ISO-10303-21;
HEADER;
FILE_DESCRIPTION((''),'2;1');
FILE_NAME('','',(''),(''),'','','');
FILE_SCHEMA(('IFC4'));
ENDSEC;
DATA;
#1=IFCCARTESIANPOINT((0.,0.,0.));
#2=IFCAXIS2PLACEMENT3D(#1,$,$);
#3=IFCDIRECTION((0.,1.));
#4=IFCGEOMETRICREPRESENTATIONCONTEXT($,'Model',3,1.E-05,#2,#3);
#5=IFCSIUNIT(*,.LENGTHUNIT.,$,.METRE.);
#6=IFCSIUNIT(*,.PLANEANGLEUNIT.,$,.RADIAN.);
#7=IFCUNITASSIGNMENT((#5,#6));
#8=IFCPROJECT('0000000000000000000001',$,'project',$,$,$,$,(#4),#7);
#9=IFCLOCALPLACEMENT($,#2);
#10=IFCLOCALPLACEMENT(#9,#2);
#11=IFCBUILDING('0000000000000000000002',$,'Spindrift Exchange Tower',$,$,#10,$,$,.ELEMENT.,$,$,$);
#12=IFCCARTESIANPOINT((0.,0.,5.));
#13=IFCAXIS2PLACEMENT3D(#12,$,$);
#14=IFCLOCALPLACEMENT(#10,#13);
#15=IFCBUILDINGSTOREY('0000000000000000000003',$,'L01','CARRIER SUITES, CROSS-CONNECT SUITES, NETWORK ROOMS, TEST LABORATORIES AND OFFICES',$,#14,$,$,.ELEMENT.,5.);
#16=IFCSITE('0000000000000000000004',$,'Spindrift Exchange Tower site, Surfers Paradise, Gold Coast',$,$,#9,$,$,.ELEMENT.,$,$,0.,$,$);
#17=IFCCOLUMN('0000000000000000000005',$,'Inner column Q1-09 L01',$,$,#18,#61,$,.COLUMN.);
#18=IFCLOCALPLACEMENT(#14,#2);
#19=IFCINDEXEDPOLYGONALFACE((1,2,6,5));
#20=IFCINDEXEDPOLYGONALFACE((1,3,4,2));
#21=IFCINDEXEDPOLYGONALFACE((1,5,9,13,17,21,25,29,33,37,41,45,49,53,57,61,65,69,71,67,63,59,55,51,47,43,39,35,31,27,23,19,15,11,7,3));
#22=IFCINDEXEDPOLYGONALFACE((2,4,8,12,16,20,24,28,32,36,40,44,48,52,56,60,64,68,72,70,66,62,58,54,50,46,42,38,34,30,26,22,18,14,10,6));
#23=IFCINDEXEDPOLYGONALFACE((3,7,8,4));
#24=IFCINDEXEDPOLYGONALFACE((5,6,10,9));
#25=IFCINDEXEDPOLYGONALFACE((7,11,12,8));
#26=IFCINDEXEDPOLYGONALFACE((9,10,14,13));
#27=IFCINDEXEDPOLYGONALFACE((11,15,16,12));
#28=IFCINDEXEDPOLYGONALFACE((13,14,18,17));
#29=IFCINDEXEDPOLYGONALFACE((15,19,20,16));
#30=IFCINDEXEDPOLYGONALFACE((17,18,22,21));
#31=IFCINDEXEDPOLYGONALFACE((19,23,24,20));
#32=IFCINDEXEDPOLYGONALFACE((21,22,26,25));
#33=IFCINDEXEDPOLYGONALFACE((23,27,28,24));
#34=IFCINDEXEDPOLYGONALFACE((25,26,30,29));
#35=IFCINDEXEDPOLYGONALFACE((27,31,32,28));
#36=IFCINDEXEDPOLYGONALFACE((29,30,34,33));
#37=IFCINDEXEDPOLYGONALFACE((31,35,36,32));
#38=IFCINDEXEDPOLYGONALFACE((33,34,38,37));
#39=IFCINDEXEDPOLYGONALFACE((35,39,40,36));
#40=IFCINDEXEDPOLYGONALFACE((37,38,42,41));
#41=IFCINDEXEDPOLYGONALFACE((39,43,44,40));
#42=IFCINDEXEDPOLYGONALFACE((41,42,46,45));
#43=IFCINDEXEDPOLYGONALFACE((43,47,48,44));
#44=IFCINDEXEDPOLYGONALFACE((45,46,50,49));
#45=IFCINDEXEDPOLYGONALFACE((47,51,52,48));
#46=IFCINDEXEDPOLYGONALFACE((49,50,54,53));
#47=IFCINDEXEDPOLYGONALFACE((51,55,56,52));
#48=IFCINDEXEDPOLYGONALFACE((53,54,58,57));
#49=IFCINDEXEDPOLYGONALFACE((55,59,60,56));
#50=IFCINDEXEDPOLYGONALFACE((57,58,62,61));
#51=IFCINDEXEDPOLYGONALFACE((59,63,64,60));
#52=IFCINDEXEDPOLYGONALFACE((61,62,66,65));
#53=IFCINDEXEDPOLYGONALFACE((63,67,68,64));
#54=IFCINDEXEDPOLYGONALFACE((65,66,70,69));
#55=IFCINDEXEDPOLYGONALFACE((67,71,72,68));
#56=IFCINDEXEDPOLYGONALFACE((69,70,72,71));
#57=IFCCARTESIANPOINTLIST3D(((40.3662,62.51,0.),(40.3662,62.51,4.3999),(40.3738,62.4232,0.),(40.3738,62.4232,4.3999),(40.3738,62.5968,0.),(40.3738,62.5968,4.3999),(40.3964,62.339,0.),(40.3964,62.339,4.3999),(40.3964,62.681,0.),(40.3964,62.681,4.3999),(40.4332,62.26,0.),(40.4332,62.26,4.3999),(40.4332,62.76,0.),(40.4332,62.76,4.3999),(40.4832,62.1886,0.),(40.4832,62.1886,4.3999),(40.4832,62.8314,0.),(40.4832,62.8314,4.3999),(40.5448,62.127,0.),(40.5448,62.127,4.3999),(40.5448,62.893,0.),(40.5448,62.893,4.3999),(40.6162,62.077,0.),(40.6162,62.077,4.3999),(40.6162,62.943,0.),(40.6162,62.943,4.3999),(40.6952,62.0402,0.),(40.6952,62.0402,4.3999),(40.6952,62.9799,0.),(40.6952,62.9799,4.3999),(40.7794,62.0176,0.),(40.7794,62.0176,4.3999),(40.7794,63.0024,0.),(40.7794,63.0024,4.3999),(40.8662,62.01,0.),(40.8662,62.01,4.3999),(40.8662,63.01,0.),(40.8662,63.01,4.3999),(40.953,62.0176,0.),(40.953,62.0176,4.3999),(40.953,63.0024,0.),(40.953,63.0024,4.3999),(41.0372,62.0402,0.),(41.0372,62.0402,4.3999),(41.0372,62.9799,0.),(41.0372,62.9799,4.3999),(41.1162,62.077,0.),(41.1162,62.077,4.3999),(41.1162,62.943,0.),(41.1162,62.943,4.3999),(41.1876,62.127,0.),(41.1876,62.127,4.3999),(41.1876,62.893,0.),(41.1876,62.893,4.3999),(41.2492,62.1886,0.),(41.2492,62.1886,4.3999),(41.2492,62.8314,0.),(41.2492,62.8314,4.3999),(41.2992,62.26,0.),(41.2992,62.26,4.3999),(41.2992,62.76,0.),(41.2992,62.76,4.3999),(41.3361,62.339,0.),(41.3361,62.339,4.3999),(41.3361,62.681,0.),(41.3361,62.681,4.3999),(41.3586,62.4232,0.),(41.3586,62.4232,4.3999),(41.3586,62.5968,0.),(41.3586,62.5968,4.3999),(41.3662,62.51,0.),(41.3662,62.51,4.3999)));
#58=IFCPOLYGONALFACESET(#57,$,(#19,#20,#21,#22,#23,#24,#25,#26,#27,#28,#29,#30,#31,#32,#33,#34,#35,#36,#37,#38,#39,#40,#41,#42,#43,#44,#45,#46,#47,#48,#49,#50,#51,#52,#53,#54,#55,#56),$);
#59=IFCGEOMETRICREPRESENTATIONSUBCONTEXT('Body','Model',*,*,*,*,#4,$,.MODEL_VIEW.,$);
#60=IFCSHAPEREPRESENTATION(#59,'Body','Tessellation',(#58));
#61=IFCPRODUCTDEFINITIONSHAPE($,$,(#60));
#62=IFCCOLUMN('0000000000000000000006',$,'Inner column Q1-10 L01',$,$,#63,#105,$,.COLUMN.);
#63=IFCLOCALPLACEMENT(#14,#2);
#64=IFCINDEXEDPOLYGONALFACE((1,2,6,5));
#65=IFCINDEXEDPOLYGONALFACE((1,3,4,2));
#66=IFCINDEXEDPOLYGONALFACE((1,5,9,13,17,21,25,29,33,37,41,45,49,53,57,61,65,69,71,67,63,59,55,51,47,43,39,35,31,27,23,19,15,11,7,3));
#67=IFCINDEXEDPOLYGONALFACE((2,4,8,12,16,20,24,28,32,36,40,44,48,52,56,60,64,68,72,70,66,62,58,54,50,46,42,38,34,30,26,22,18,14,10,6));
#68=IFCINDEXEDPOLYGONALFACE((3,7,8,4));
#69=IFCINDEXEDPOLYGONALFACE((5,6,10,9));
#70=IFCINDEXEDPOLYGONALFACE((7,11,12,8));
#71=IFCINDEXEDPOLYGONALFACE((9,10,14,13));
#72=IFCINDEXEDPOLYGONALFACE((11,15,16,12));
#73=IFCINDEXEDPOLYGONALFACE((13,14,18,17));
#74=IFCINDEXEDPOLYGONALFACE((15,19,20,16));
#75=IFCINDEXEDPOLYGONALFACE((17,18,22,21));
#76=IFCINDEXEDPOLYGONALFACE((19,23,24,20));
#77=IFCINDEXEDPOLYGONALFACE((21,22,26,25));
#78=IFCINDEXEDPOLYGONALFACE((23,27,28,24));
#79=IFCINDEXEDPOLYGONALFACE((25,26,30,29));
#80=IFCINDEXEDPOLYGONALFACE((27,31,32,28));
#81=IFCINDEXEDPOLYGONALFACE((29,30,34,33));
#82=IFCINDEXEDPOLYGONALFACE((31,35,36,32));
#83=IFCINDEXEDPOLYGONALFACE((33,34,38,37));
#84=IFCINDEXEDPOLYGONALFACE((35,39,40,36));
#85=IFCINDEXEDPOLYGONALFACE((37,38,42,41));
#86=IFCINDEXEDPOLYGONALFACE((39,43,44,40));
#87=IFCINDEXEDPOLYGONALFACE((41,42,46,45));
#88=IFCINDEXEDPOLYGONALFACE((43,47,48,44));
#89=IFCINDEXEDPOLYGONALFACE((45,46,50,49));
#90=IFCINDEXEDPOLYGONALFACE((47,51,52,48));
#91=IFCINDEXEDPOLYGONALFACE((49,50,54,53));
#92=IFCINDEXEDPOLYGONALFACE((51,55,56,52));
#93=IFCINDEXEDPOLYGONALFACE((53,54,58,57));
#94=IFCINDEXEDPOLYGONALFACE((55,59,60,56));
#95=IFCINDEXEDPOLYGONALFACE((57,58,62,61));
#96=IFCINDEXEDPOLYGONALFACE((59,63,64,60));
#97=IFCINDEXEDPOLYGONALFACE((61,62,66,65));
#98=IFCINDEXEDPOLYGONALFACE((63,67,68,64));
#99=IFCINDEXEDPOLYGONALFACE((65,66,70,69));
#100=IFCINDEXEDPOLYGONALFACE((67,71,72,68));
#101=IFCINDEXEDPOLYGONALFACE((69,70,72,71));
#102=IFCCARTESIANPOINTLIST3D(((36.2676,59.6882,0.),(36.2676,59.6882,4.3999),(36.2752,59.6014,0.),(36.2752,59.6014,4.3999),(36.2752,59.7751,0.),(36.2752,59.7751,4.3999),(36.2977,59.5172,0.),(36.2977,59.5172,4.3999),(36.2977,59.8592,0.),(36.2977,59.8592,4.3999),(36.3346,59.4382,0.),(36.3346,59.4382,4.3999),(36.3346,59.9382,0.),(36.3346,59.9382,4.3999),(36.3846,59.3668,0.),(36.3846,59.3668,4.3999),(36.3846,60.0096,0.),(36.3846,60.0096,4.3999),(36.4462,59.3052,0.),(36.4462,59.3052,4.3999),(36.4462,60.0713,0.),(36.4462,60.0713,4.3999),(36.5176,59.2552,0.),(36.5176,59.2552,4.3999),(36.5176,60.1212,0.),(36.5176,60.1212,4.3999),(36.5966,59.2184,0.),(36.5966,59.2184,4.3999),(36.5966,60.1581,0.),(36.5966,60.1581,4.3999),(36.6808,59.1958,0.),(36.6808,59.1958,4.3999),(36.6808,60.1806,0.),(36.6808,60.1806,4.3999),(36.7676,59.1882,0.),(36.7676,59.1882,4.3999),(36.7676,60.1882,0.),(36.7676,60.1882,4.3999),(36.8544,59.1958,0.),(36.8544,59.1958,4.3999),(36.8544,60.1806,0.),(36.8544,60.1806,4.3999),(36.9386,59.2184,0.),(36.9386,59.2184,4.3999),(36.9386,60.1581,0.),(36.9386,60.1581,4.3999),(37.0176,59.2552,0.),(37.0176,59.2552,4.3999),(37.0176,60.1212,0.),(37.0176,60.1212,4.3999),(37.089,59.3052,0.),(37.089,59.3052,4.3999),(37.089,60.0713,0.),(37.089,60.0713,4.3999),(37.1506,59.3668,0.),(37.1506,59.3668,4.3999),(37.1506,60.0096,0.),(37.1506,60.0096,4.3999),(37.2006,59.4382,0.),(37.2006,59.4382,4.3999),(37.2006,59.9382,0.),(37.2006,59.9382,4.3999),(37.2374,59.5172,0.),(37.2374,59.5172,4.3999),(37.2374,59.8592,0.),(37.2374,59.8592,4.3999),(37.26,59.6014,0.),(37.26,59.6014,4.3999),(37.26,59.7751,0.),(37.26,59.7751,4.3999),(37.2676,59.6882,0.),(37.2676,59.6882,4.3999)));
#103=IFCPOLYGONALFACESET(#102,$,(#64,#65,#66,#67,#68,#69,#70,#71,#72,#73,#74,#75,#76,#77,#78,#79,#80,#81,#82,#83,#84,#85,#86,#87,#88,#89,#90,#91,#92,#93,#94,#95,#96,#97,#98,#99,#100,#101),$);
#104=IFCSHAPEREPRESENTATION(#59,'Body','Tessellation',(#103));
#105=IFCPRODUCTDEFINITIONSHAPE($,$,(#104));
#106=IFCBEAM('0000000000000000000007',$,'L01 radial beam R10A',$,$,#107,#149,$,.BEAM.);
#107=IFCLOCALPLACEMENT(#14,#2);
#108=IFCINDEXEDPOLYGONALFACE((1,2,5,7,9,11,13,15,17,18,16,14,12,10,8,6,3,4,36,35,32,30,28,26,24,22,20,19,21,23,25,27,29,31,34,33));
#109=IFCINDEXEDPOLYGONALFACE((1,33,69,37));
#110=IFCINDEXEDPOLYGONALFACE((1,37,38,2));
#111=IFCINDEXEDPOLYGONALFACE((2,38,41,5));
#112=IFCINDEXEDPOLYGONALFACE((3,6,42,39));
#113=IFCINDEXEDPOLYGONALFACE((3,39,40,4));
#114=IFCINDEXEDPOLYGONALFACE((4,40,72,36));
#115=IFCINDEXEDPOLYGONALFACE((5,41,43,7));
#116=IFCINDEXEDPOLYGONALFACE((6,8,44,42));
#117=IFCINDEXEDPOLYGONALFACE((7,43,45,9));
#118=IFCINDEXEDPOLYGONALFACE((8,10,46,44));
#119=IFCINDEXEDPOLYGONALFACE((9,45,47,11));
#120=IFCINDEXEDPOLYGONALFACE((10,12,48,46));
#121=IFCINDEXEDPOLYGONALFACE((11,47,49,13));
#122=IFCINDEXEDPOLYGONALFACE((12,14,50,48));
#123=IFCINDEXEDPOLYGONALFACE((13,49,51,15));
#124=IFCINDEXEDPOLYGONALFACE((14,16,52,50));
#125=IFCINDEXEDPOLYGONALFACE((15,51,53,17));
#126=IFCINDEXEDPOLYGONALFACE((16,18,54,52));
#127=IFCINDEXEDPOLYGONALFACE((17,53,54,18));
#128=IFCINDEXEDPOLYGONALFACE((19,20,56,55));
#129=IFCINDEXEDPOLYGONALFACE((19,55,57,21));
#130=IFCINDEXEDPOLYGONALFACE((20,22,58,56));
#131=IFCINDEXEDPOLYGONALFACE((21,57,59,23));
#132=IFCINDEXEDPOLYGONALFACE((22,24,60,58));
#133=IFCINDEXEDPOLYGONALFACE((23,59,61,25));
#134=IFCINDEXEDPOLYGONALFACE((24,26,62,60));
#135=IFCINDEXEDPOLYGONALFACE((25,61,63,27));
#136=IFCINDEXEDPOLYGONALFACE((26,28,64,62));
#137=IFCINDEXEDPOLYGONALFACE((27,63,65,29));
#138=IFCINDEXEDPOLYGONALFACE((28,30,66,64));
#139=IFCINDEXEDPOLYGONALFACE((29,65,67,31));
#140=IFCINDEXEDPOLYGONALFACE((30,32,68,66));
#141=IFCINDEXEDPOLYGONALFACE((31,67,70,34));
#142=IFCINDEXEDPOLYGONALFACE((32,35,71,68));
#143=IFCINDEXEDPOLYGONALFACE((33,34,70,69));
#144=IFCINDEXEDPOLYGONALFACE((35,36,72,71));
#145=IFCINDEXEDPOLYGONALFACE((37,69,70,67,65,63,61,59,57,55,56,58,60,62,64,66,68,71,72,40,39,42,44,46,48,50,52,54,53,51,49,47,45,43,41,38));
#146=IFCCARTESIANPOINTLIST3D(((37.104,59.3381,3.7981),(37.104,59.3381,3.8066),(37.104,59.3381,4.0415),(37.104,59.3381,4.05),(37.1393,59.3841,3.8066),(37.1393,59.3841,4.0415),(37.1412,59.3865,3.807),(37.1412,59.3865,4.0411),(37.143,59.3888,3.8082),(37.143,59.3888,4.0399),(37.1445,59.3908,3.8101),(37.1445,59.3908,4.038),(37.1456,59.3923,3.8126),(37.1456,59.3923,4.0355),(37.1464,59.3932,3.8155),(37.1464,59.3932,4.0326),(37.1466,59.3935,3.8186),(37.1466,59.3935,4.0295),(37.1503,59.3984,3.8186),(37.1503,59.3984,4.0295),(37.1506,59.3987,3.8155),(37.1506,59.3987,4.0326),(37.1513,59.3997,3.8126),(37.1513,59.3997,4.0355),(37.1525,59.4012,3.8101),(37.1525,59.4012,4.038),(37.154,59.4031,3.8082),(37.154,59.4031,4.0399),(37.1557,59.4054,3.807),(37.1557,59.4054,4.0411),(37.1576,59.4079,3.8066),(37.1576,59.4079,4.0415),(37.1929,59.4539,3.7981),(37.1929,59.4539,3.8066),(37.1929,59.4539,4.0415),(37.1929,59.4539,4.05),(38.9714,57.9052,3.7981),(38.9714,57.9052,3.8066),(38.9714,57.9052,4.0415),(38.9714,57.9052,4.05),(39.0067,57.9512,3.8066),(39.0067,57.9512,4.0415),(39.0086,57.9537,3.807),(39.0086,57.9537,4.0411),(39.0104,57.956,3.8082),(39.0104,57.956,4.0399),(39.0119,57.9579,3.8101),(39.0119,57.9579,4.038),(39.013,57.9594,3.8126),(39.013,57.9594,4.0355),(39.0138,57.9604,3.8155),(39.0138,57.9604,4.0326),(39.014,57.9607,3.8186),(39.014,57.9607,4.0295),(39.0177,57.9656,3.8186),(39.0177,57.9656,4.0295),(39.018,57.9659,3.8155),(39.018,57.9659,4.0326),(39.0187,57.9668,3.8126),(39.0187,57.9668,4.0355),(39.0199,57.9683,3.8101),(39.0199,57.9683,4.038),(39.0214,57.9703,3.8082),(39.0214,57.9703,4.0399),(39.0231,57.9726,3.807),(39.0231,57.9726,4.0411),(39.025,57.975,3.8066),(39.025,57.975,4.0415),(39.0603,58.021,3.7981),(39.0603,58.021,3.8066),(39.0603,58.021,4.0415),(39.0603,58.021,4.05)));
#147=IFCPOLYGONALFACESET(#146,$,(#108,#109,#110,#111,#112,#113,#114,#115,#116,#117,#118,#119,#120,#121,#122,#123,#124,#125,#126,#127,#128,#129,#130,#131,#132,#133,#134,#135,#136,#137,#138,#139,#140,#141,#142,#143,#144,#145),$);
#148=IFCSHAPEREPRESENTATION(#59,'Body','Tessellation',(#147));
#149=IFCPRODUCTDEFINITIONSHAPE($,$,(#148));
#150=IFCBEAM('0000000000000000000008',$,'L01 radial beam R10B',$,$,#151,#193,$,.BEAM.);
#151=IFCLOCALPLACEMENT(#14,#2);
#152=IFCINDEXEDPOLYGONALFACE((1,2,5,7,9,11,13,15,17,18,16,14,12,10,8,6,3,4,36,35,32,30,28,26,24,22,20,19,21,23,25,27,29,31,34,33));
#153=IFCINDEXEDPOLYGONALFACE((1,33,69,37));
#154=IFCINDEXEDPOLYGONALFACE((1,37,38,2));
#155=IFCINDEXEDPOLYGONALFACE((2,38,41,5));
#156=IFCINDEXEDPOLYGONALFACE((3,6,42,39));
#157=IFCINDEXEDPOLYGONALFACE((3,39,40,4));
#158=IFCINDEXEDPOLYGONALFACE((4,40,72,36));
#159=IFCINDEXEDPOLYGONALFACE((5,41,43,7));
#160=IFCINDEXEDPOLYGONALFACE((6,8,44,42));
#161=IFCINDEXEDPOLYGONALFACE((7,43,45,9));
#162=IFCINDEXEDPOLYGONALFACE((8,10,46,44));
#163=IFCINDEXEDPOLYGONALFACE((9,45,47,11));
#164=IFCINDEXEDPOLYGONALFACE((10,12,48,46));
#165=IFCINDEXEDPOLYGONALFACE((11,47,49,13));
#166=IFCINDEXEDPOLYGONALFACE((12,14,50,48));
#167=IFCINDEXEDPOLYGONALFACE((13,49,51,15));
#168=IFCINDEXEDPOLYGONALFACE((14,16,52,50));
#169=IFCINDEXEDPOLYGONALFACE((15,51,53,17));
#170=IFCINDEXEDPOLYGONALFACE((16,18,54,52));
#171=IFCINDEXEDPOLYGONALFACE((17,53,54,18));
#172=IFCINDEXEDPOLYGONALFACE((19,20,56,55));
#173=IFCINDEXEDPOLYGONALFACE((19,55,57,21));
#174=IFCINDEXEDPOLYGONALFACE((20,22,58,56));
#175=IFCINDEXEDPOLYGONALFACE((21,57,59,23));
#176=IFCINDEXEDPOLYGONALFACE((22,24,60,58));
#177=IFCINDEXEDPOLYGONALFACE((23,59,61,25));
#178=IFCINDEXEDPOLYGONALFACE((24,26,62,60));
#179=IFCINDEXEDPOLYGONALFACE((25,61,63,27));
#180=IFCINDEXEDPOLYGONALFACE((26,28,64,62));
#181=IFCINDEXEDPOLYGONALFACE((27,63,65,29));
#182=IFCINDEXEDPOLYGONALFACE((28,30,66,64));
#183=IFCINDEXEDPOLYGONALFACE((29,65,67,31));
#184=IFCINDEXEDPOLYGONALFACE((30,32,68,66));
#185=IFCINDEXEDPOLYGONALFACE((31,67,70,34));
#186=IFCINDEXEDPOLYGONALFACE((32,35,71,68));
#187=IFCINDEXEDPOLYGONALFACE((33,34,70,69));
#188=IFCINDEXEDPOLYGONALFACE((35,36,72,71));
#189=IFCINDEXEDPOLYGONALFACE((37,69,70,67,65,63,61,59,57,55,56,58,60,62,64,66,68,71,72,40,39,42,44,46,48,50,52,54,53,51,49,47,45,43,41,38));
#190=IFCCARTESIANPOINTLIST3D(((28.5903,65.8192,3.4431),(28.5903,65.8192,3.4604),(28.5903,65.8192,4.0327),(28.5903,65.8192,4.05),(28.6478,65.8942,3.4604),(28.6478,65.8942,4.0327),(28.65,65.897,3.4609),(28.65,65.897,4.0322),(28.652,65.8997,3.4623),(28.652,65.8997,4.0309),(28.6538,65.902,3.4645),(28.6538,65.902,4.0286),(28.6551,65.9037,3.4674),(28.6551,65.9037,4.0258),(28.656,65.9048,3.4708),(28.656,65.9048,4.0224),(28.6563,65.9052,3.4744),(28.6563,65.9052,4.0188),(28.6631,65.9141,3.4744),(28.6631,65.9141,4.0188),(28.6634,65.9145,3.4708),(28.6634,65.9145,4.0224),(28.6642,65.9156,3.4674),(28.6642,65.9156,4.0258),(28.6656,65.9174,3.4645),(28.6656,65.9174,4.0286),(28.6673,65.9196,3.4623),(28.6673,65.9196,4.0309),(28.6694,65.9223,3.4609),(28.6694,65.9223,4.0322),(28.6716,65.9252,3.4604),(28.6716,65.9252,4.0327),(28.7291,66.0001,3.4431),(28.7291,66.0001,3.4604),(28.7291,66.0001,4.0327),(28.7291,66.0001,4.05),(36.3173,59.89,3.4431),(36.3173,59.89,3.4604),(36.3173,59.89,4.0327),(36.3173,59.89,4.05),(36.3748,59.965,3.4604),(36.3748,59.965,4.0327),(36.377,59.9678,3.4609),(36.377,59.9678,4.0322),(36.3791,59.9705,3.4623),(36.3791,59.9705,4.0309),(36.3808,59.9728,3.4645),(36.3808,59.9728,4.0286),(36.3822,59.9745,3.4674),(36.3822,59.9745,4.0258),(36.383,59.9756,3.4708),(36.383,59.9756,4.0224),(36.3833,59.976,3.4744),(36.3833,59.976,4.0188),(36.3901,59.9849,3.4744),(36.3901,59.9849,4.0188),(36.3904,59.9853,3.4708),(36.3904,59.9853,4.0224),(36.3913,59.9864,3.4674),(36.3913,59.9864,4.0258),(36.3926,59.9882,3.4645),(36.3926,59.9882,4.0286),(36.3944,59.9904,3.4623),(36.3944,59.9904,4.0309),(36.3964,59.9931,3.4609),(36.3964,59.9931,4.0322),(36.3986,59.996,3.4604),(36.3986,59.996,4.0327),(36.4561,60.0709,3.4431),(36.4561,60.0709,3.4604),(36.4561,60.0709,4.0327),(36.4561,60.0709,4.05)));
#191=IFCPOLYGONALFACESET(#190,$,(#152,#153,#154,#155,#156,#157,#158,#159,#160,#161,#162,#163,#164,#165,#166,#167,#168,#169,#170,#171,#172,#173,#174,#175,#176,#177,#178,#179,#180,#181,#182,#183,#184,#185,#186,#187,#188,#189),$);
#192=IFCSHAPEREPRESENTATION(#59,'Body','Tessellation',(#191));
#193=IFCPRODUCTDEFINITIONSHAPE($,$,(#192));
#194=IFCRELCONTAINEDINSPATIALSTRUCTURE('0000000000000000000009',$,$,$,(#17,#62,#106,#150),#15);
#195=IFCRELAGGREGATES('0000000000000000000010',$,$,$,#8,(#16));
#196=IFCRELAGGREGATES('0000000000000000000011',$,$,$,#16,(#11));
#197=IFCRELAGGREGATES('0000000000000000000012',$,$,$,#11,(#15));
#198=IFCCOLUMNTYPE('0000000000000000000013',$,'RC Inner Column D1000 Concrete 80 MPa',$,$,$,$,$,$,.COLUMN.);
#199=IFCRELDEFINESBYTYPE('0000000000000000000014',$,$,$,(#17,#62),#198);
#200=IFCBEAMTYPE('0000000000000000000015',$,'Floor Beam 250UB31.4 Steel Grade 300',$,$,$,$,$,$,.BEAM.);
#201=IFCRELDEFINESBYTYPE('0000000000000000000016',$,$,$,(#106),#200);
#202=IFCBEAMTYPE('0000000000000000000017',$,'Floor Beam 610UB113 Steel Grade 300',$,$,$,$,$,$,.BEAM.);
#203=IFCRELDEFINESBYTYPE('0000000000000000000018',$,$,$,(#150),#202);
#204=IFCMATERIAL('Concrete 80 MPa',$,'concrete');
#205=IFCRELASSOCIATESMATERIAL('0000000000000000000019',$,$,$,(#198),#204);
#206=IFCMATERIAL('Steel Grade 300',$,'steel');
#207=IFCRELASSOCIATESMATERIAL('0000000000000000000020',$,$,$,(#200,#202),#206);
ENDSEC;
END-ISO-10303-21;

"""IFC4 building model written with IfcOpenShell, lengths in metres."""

from ifc_helpers import new_model, si_unit, direction, frame, origin, origin_2d, place, context, subcontext, project, spatial, circle, i_section, extrude, source, transform, mapped, material, material_profile, profile_set, type_object, element, save


model = new_model("IFC4")

# Units and contexts
model_context = context("Model", 3, precision=1e-05, world=origin(), true_north=direction((0.0, 1.0)))
body_context = subcontext(model_context, "Body", "Model", "MODEL_VIEW")
ifc_project = project(units=[si_unit("LENGTHUNIT", "METRE"), si_unit("PLANEANGLEUNIT", "RADIAN")], contexts=[model_context])

# Site, building, storey
site_placement = place(None, origin())
site = spatial("IfcSite", under=ifc_project, at=site_placement, Name="Spindrift Exchange Tower site, Surfers Paradise, Gold Coast", CompositionType="ELEMENT", RefElevation=0.0)
building_placement = place(site_placement, origin())
building = spatial("IfcBuilding", under=site, at=building_placement, Name="Spindrift Exchange Tower", CompositionType="ELEMENT")
storey_placement = place(building_placement, frame((0.0, 0.0, 5.0)))
storey = spatial("IfcBuildingStorey", under=building, at=storey_placement, Name="L01", Description="CARRIER SUITES, CROSS-CONNECT SUITES, NETWORK ROOMS, TEST LABORATORIES AND OFFICES", CompositionType="ELEMENT", Elevation=5.0)

# Columns
ifc_material_1 = material(Name="Concrete 80 MPa", Category="concrete")
ifc_material_profile_1 = material_profile(ifc_material_1, circle(Radius=0.5, at=origin_2d()), Name="RC D1000")
ifc_profile_set_1 = profile_set([ifc_material_profile_1], Name="Concrete 80 MPa")
column_type = type_object("IfcColumnType", Name="RC Inner Column D1000 Concrete 80 MPa", PredefinedType="COLUMN", material=ifc_profile_set_1)
shared_shape_1 = source(origin(), body_context, "Body", "SweptSolid", [
    extrude(circle(Radius=0.5, at=origin_2d()), origin(), (0.0, 0.0, 1.0), 4.3999),
])
for number, where, z_axis, x_axis, name in (
    (1, (40.8662, 62.51, 0.0), (0.0, 0.0, 1.0), (1.0, 0.0, 0.0), "Inner column Q1-09 L01"),
    (2, (36.7676, 59.6882, 0.0), (0.0, 0.0, 1.0), (1.0, 0.0, 0.0), "Inner column Q1-10 L01"),
):
    element("IfcColumn", number, at=place(storey_placement, frame(where, z_axis=z_axis, x_axis=x_axis)), inside=storey, type_object=column_type, Name=name, PredefinedType="COLUMN", context=body_context, shape_type="MappedRepresentation", body=[
        mapped(shared_shape_1, transform((0.0, 0.0, 0.0), scale=1.0)),
    ])

# Beams
ifc_material_2 = material(Name="Steel Grade 300", Category="steel")
ifc_material_profile_2 = material_profile(ifc_material_2, i_section(OverallWidth=0.146, OverallDepth=0.252, WebThickness=0.0061, FlangeThickness=0.0085, FilletRadius=0.012, at=origin_2d()), Name="250UB31.4")
ifc_profile_set_2 = profile_set([ifc_material_profile_2], Name="Steel Grade 300")
beam_type_1 = type_object("IfcBeamType", Name="Floor Beam 250UB31.4 Steel Grade 300", PredefinedType="BEAM", material=ifc_profile_set_2)
shared_shape_2 = source(origin(), body_context, "Body", "SweptSolid", [
    extrude(i_section(OverallWidth=0.146, OverallDepth=0.252, WebThickness=0.0061, FlangeThickness=0.0085, FilletRadius=0.012, at=origin_2d()), origin(), (0.0, 0.0, 1.0), 2.3538),
])
beam_1_placement = place(storey_placement, frame((39.0159, 57.9631, 3.9241), z_axis=(-0.793368, 0.608743, 0.0), x_axis=(-0.608743, -0.793368, 0.0)))
element("IfcBeam", 3, at=beam_1_placement, inside=storey, type_object=beam_type_1, Name="L01 radial beam R10A", PredefinedType="BEAM", context=body_context, shape_type="MappedRepresentation", body=[
    mapped(shared_shape_2, transform((0.0, 0.0, 0.0), scale=1.0)),
])
ifc_material_profile_3 = material_profile(ifc_material_2, i_section(OverallWidth=0.228, OverallDepth=0.6069, WebThickness=0.0112, FlangeThickness=0.0173, FilletRadius=0.0139, at=origin_2d()), Name="610UB113")
ifc_profile_set_3 = profile_set([ifc_material_profile_3], Name="Steel Grade 300")
beam_type_2 = type_object("IfcBeamType", Name="Floor Beam 610UB113 Steel Grade 300", PredefinedType="BEAM", material=ifc_profile_set_3)
shared_shape_3 = source(origin(), body_context, "Body", "SweptSolid", [
    extrude(i_section(OverallWidth=0.228, OverallDepth=0.6069, WebThickness=0.0112, FlangeThickness=0.0173, FilletRadius=0.0139, at=origin_2d()), origin(), (0.0, 0.0, 1.0), 9.7397),
])
beam_2_placement = place(storey_placement, frame((36.3867, 59.9805, 3.7466), z_axis=(-0.793352, 0.608763, 0.0), x_axis=(-0.608763, -0.793352, 0.0)))
element("IfcBeam", 4, at=beam_2_placement, inside=storey, type_object=beam_type_2, Name="L01 radial beam R10B", PredefinedType="BEAM", context=body_context, shape_type="MappedRepresentation", body=[
    mapped(shared_shape_3, transform((0.0, 0.0, 0.0), scale=1.0)),
])

save(model, "model.ifc")
